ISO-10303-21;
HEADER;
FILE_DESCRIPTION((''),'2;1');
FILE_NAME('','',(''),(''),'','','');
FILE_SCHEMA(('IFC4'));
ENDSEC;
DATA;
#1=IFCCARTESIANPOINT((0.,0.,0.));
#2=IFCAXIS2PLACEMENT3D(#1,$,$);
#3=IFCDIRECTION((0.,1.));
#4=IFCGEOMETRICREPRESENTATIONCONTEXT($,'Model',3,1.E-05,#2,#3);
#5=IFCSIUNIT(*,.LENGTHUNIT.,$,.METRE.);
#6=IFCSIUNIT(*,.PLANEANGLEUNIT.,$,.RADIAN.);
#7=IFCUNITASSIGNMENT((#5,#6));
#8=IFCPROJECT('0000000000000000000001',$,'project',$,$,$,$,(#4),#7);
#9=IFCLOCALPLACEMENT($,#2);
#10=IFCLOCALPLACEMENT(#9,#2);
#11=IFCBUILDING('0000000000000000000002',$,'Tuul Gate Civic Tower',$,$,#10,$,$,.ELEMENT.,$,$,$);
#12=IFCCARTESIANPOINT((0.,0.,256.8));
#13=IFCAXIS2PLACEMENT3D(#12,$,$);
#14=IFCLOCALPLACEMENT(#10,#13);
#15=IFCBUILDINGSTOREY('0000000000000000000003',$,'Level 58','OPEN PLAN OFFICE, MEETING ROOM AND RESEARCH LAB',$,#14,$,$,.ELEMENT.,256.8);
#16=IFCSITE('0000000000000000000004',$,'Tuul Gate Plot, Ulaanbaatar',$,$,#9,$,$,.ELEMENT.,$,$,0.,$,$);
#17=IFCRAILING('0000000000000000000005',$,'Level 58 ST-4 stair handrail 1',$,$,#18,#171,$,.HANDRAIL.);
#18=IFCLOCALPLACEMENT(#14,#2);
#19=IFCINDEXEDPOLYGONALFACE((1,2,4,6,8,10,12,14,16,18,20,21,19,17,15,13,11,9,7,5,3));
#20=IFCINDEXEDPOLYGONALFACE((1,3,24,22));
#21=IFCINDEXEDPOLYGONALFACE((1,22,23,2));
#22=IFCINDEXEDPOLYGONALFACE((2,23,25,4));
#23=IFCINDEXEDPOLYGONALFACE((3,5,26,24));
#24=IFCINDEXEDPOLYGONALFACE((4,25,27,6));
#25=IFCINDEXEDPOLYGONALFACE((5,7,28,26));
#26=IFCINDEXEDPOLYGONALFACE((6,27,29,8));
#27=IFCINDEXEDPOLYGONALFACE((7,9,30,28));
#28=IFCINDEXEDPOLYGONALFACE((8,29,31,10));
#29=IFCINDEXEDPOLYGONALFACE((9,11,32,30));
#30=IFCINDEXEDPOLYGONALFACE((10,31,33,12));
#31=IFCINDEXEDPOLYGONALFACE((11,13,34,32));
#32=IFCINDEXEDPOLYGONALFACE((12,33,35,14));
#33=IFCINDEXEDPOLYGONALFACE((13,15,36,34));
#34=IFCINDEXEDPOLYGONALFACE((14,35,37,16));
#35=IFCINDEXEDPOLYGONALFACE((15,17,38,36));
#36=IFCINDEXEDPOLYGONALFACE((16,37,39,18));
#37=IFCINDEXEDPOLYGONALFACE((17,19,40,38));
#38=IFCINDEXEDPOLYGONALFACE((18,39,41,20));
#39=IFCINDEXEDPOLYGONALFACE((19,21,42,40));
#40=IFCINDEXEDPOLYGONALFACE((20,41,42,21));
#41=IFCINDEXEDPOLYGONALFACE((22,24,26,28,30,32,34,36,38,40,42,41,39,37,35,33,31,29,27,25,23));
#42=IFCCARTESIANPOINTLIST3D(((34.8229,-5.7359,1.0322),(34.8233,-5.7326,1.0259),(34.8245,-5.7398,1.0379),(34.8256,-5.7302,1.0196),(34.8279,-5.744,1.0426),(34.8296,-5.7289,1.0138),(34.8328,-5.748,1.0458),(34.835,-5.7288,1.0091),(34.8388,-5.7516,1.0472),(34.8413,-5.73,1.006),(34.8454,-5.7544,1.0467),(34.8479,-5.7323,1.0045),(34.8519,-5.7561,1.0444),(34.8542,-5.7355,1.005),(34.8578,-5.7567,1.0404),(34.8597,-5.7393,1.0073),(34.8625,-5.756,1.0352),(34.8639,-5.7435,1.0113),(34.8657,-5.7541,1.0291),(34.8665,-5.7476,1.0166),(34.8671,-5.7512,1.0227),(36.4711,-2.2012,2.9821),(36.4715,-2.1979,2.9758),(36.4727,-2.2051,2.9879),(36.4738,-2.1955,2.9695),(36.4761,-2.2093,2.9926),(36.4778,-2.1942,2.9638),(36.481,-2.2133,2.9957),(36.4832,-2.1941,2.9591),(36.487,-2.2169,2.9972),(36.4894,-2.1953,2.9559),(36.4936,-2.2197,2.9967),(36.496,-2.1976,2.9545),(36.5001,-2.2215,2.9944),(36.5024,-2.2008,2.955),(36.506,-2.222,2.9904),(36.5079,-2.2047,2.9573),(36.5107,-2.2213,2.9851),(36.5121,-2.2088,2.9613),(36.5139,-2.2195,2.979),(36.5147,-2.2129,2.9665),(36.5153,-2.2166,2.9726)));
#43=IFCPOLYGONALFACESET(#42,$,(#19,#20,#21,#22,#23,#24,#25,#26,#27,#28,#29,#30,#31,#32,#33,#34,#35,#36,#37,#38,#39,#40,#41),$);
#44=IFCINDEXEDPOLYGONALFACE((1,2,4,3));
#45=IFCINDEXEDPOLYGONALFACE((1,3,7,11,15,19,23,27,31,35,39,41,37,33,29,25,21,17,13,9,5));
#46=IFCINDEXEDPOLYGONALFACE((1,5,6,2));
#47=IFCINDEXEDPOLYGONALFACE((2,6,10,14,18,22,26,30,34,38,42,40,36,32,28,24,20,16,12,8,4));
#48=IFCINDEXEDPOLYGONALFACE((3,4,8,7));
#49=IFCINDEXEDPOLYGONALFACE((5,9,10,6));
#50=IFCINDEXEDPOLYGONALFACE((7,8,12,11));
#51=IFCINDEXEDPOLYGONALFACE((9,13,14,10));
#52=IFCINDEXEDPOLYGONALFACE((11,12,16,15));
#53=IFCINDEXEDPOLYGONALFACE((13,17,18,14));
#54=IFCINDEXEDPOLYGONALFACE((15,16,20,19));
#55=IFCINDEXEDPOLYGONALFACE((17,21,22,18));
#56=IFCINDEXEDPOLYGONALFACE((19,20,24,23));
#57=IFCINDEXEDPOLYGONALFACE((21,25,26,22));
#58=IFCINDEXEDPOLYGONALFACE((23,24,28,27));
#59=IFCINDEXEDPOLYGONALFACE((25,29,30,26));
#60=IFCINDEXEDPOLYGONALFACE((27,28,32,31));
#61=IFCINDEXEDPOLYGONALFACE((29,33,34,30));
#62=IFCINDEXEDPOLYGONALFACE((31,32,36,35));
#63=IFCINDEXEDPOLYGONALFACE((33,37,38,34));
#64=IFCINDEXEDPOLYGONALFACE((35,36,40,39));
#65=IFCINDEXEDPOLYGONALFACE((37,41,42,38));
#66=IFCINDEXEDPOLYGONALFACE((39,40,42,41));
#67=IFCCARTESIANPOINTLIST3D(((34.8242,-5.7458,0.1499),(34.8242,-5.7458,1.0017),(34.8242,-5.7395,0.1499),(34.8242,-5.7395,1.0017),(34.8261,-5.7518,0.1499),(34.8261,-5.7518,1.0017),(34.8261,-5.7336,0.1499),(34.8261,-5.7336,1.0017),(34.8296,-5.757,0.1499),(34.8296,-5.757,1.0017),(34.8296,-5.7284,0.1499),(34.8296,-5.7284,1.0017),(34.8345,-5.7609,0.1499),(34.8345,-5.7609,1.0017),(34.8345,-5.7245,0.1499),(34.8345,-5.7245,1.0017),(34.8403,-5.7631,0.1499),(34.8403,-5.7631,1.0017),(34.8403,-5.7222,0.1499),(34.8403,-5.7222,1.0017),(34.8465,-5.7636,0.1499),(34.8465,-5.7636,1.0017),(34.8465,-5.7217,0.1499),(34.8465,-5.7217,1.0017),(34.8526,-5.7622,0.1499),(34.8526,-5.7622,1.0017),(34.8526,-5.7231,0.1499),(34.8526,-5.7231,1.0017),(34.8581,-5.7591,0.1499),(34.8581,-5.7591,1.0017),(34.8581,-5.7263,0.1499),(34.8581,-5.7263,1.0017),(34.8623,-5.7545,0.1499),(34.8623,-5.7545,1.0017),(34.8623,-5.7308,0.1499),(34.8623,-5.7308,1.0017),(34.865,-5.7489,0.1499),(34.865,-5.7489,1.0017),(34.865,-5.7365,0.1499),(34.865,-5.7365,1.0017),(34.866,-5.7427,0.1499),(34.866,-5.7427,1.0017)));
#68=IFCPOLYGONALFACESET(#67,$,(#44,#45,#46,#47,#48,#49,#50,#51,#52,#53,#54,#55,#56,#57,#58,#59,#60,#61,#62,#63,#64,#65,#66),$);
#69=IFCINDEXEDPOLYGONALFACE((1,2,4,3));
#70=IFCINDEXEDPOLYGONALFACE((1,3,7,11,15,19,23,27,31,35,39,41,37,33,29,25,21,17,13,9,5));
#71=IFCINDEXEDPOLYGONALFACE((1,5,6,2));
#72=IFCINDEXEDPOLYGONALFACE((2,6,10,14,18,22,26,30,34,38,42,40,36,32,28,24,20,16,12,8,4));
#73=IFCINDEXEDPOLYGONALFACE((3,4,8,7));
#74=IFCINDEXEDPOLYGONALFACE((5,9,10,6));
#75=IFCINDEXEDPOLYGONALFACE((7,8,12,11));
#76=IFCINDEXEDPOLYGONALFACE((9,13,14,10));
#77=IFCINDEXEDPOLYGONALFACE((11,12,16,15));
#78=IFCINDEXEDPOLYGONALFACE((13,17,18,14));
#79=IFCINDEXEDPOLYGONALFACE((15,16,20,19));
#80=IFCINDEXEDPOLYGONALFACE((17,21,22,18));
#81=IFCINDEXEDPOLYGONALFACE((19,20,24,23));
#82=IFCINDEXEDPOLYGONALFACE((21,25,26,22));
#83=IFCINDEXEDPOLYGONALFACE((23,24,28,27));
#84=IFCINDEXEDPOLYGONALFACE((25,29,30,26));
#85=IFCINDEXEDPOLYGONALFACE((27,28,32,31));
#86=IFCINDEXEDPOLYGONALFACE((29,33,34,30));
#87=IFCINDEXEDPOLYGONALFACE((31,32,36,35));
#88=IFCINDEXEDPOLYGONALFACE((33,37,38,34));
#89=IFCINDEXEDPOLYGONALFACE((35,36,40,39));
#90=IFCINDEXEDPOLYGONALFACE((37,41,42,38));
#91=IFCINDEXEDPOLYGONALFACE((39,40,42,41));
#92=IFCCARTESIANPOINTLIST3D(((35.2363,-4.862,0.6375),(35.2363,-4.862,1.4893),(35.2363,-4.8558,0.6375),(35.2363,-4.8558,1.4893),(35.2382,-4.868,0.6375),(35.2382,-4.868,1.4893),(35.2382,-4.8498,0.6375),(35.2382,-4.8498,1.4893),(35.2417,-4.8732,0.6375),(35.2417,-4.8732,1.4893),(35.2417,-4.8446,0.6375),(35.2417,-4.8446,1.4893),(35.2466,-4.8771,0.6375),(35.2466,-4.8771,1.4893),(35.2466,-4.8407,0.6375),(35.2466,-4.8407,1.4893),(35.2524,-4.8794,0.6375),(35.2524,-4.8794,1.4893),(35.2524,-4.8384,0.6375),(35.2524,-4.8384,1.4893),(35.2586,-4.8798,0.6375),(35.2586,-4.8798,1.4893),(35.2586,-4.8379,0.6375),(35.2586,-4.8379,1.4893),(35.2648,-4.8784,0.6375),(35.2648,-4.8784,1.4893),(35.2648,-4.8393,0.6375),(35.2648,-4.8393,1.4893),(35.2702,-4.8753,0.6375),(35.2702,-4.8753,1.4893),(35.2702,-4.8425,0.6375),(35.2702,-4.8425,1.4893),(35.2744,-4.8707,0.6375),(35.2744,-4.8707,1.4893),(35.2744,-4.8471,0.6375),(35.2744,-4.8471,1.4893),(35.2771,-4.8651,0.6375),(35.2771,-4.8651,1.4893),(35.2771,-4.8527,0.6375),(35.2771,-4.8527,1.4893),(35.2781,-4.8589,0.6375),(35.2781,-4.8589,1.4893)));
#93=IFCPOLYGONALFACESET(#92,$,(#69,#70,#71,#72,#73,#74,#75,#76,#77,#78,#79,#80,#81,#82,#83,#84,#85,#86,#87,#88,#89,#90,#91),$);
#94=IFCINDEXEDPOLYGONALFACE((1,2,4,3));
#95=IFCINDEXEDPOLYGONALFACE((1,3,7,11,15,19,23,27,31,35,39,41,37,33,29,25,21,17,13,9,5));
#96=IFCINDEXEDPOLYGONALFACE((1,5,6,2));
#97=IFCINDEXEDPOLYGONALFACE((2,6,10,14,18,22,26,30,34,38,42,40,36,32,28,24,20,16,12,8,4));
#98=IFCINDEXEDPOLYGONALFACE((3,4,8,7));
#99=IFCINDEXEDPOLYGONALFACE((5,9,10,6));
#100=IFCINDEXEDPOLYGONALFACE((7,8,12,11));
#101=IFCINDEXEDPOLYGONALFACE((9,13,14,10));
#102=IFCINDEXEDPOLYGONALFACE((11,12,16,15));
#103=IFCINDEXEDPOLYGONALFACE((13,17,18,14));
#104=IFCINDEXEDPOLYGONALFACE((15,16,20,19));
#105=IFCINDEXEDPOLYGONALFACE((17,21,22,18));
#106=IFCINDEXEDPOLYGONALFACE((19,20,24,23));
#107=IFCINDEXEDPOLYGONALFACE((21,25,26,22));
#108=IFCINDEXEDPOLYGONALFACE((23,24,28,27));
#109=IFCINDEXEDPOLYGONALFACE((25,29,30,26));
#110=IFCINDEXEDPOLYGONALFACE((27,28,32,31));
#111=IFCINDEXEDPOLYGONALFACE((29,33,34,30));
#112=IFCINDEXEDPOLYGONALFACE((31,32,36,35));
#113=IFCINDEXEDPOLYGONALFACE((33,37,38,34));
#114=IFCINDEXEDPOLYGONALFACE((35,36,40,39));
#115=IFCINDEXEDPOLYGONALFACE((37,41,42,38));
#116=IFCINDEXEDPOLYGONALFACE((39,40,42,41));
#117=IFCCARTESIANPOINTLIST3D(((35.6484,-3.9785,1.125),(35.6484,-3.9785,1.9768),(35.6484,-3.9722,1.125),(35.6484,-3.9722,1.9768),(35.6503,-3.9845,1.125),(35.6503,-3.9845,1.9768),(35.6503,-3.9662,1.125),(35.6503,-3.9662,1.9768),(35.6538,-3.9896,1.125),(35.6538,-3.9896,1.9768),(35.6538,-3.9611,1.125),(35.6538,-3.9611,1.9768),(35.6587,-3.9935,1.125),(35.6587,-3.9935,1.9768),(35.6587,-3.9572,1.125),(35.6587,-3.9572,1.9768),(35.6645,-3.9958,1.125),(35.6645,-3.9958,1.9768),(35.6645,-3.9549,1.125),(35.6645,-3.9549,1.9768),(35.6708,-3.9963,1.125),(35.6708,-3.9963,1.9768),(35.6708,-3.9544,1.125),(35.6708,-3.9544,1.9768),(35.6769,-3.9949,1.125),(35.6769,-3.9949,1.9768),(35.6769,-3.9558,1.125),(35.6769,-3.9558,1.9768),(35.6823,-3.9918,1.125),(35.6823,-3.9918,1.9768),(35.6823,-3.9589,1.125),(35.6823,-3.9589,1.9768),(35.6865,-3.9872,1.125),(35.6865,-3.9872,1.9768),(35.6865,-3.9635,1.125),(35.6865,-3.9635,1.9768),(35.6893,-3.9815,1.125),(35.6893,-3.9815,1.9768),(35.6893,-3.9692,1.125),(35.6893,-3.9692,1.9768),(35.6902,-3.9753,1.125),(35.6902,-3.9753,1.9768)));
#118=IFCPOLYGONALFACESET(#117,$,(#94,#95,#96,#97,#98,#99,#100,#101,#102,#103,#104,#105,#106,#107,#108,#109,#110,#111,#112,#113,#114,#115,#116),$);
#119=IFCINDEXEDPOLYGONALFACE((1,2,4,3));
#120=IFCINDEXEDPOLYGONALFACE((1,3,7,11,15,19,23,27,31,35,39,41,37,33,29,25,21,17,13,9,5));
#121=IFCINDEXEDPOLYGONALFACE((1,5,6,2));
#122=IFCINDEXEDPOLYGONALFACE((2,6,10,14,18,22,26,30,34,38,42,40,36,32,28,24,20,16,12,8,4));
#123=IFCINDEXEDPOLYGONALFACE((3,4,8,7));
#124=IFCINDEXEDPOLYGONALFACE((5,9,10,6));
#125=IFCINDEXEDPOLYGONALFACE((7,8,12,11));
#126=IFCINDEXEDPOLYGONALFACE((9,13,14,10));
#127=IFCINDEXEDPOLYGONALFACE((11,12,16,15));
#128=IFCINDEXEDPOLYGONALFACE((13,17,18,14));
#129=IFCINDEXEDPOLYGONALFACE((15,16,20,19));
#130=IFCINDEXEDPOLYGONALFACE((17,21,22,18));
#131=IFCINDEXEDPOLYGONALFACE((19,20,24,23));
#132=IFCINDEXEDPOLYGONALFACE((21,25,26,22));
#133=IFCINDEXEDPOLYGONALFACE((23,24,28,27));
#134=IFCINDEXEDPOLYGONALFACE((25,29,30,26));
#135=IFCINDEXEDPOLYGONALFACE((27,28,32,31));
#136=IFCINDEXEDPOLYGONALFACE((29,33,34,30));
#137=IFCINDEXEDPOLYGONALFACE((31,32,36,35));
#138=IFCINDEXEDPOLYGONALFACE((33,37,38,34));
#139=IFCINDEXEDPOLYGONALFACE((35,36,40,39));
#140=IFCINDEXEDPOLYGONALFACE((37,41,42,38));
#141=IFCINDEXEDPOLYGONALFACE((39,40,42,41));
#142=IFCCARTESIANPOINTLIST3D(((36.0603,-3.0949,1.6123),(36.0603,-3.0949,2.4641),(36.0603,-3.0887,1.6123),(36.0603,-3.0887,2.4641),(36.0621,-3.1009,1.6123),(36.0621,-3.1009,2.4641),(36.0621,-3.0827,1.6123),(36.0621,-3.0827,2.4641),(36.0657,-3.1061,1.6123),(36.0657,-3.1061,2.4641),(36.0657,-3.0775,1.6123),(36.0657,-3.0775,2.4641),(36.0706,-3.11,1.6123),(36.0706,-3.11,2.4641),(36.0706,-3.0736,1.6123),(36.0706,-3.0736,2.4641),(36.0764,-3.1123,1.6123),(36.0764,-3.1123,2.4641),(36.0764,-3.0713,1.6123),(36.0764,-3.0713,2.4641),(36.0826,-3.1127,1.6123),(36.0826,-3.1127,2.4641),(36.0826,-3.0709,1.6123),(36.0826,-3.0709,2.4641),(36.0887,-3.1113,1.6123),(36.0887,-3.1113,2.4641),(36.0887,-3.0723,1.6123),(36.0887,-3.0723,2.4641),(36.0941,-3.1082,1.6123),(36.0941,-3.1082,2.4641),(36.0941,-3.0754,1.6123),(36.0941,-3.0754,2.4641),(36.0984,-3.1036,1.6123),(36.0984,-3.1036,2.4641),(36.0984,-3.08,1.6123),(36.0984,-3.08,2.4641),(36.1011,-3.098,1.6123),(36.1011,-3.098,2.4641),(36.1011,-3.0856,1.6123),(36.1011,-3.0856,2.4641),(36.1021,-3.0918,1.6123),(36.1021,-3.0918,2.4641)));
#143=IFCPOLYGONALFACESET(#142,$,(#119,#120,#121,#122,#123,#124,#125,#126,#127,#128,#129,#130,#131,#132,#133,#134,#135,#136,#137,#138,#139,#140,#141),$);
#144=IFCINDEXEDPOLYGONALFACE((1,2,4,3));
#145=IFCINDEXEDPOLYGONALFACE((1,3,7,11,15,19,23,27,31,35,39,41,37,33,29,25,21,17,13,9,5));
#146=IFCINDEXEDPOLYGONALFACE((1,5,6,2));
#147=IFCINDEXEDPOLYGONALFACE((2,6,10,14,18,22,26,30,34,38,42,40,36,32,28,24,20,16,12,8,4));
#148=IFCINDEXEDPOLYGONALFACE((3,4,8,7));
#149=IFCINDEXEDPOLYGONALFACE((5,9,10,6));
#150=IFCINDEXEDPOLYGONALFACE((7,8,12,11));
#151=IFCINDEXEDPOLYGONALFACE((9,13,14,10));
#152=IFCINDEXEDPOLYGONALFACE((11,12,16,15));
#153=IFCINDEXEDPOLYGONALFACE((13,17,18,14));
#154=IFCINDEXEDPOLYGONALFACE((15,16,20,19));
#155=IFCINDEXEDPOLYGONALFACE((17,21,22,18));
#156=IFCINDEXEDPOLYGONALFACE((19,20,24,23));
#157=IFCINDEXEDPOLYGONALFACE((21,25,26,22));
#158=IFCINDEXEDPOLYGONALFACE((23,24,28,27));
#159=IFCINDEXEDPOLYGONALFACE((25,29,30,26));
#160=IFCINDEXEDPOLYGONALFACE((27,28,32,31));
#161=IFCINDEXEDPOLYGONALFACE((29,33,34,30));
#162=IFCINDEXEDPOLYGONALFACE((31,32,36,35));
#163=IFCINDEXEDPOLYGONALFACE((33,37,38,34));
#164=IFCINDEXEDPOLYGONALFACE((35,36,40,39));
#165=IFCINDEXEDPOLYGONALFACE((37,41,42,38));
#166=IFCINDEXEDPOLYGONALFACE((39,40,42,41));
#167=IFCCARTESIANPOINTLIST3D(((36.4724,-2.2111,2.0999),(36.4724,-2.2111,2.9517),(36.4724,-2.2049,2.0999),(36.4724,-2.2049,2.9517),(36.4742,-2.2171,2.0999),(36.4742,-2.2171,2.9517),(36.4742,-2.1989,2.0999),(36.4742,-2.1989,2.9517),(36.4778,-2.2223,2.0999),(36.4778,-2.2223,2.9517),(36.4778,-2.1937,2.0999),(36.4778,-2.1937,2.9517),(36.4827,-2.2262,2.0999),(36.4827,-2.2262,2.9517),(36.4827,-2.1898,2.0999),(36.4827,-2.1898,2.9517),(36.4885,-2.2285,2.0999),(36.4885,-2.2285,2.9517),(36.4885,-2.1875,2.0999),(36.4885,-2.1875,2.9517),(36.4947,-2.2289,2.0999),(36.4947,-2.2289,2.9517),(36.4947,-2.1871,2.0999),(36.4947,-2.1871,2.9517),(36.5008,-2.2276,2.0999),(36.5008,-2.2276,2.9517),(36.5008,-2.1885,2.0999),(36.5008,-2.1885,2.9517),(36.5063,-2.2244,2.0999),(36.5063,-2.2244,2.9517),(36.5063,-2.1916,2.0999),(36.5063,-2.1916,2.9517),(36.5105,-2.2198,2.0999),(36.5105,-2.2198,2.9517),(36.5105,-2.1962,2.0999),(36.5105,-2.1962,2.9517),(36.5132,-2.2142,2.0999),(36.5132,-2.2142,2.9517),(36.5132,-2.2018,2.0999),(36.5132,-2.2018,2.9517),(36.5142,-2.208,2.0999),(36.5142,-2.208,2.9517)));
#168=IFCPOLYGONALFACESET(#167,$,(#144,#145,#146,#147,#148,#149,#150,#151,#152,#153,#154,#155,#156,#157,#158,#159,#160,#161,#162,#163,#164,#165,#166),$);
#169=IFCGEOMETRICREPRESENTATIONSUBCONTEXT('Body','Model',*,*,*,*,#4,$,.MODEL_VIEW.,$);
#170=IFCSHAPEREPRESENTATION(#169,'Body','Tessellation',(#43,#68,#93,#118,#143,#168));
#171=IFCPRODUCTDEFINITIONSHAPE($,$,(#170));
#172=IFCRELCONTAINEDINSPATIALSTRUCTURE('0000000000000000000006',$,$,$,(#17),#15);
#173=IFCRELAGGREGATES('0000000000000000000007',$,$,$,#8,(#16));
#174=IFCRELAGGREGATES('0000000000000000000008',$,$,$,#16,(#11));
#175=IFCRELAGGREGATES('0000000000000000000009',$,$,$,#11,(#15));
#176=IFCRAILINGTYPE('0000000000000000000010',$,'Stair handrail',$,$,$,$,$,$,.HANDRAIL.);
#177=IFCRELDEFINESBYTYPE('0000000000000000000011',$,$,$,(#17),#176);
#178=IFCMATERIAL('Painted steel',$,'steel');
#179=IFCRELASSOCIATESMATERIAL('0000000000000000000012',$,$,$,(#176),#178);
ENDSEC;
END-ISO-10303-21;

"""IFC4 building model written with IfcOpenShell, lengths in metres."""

from ifc_helpers import new_model, si_unit, direction, frame, origin, origin_2d, place, context, subcontext, project, spatial, circle, extrude, material, type_object, element, save


model = new_model("IFC4")

# Units and contexts
model_context = context("Model", 3, precision=1e-05, world=origin(), true_north=direction((0.0, 1.0)))
body_context = subcontext(model_context, "Body", "Model", "MODEL_VIEW")
ifc_project = project(units=[si_unit("LENGTHUNIT", "METRE"), si_unit("PLANEANGLEUNIT", "RADIAN")], contexts=[model_context])

# Site, building, storey
site_placement = place(None, origin())
site = spatial("IfcSite", under=ifc_project, at=site_placement, Name="Tuul Gate Plot, Ulaanbaatar", CompositionType="ELEMENT", RefElevation=0.0)
building_placement = place(site_placement, origin())
building = spatial("IfcBuilding", under=site, at=building_placement, Name="Tuul Gate Civic Tower", CompositionType="ELEMENT")
storey_placement = place(building_placement, frame((0.0, 0.0, 256.8)))
storey = spatial("IfcBuildingStorey", under=building, at=storey_placement, Name="Level 58", Description="OPEN PLAN OFFICE, MEETING ROOM AND RESEARCH LAB", CompositionType="ELEMENT", Elevation=256.8)

# Railing
ifc_material_1 = material(Name="Painted steel", Category="steel")
railing_type_1 = type_object("IfcRailingType", Name="Stair handrail", PredefinedType="HANDRAIL", material=ifc_material_1)
railing_1_placement = place(storey_placement, frame((34.845, -5.7427, 0.1499)))
element("IfcRailing", 1, at=railing_1_placement, inside=storey, type_object=railing_type_1, Name="Level 58 ST-4 stair handrail 1", PredefinedType="HANDRAIL", context=body_context, shape_type="SweptSolid", body=[
    extrude(circle(Radius=0.0239, at=origin_2d()), frame((0.0, 0.0, 0.876), z_axis=(0.377995, 0.810637, 0.4472), x_axis=(-0.906313, 0.422608, 0.0)), (0.0, 0.0, 1.0), 4.3604),
    extrude(circle(Radius=0.021, at=origin_2d()), origin(), (0.0, 0.0, 1.0), 0.8518),
    extrude(circle(Radius=0.021, at=origin_2d()), frame((0.4121, 0.8838, 0.4875)), (0.0, 0.0, 1.0), 0.8518),
    extrude(circle(Radius=0.021, at=origin_2d()), frame((0.8242, 1.7673, 0.9751)), (0.0, 0.0, 1.0), 0.8518),
    extrude(circle(Radius=0.021, at=origin_2d()), frame((1.2361, 2.6509, 1.4624)), (0.0, 0.0, 1.0), 0.8518),
    extrude(circle(Radius=0.021, at=origin_2d()), frame((1.6482, 3.5347, 1.95)), (0.0, 0.0, 1.0), 0.8518),
])

save(model, "model.ifc")
